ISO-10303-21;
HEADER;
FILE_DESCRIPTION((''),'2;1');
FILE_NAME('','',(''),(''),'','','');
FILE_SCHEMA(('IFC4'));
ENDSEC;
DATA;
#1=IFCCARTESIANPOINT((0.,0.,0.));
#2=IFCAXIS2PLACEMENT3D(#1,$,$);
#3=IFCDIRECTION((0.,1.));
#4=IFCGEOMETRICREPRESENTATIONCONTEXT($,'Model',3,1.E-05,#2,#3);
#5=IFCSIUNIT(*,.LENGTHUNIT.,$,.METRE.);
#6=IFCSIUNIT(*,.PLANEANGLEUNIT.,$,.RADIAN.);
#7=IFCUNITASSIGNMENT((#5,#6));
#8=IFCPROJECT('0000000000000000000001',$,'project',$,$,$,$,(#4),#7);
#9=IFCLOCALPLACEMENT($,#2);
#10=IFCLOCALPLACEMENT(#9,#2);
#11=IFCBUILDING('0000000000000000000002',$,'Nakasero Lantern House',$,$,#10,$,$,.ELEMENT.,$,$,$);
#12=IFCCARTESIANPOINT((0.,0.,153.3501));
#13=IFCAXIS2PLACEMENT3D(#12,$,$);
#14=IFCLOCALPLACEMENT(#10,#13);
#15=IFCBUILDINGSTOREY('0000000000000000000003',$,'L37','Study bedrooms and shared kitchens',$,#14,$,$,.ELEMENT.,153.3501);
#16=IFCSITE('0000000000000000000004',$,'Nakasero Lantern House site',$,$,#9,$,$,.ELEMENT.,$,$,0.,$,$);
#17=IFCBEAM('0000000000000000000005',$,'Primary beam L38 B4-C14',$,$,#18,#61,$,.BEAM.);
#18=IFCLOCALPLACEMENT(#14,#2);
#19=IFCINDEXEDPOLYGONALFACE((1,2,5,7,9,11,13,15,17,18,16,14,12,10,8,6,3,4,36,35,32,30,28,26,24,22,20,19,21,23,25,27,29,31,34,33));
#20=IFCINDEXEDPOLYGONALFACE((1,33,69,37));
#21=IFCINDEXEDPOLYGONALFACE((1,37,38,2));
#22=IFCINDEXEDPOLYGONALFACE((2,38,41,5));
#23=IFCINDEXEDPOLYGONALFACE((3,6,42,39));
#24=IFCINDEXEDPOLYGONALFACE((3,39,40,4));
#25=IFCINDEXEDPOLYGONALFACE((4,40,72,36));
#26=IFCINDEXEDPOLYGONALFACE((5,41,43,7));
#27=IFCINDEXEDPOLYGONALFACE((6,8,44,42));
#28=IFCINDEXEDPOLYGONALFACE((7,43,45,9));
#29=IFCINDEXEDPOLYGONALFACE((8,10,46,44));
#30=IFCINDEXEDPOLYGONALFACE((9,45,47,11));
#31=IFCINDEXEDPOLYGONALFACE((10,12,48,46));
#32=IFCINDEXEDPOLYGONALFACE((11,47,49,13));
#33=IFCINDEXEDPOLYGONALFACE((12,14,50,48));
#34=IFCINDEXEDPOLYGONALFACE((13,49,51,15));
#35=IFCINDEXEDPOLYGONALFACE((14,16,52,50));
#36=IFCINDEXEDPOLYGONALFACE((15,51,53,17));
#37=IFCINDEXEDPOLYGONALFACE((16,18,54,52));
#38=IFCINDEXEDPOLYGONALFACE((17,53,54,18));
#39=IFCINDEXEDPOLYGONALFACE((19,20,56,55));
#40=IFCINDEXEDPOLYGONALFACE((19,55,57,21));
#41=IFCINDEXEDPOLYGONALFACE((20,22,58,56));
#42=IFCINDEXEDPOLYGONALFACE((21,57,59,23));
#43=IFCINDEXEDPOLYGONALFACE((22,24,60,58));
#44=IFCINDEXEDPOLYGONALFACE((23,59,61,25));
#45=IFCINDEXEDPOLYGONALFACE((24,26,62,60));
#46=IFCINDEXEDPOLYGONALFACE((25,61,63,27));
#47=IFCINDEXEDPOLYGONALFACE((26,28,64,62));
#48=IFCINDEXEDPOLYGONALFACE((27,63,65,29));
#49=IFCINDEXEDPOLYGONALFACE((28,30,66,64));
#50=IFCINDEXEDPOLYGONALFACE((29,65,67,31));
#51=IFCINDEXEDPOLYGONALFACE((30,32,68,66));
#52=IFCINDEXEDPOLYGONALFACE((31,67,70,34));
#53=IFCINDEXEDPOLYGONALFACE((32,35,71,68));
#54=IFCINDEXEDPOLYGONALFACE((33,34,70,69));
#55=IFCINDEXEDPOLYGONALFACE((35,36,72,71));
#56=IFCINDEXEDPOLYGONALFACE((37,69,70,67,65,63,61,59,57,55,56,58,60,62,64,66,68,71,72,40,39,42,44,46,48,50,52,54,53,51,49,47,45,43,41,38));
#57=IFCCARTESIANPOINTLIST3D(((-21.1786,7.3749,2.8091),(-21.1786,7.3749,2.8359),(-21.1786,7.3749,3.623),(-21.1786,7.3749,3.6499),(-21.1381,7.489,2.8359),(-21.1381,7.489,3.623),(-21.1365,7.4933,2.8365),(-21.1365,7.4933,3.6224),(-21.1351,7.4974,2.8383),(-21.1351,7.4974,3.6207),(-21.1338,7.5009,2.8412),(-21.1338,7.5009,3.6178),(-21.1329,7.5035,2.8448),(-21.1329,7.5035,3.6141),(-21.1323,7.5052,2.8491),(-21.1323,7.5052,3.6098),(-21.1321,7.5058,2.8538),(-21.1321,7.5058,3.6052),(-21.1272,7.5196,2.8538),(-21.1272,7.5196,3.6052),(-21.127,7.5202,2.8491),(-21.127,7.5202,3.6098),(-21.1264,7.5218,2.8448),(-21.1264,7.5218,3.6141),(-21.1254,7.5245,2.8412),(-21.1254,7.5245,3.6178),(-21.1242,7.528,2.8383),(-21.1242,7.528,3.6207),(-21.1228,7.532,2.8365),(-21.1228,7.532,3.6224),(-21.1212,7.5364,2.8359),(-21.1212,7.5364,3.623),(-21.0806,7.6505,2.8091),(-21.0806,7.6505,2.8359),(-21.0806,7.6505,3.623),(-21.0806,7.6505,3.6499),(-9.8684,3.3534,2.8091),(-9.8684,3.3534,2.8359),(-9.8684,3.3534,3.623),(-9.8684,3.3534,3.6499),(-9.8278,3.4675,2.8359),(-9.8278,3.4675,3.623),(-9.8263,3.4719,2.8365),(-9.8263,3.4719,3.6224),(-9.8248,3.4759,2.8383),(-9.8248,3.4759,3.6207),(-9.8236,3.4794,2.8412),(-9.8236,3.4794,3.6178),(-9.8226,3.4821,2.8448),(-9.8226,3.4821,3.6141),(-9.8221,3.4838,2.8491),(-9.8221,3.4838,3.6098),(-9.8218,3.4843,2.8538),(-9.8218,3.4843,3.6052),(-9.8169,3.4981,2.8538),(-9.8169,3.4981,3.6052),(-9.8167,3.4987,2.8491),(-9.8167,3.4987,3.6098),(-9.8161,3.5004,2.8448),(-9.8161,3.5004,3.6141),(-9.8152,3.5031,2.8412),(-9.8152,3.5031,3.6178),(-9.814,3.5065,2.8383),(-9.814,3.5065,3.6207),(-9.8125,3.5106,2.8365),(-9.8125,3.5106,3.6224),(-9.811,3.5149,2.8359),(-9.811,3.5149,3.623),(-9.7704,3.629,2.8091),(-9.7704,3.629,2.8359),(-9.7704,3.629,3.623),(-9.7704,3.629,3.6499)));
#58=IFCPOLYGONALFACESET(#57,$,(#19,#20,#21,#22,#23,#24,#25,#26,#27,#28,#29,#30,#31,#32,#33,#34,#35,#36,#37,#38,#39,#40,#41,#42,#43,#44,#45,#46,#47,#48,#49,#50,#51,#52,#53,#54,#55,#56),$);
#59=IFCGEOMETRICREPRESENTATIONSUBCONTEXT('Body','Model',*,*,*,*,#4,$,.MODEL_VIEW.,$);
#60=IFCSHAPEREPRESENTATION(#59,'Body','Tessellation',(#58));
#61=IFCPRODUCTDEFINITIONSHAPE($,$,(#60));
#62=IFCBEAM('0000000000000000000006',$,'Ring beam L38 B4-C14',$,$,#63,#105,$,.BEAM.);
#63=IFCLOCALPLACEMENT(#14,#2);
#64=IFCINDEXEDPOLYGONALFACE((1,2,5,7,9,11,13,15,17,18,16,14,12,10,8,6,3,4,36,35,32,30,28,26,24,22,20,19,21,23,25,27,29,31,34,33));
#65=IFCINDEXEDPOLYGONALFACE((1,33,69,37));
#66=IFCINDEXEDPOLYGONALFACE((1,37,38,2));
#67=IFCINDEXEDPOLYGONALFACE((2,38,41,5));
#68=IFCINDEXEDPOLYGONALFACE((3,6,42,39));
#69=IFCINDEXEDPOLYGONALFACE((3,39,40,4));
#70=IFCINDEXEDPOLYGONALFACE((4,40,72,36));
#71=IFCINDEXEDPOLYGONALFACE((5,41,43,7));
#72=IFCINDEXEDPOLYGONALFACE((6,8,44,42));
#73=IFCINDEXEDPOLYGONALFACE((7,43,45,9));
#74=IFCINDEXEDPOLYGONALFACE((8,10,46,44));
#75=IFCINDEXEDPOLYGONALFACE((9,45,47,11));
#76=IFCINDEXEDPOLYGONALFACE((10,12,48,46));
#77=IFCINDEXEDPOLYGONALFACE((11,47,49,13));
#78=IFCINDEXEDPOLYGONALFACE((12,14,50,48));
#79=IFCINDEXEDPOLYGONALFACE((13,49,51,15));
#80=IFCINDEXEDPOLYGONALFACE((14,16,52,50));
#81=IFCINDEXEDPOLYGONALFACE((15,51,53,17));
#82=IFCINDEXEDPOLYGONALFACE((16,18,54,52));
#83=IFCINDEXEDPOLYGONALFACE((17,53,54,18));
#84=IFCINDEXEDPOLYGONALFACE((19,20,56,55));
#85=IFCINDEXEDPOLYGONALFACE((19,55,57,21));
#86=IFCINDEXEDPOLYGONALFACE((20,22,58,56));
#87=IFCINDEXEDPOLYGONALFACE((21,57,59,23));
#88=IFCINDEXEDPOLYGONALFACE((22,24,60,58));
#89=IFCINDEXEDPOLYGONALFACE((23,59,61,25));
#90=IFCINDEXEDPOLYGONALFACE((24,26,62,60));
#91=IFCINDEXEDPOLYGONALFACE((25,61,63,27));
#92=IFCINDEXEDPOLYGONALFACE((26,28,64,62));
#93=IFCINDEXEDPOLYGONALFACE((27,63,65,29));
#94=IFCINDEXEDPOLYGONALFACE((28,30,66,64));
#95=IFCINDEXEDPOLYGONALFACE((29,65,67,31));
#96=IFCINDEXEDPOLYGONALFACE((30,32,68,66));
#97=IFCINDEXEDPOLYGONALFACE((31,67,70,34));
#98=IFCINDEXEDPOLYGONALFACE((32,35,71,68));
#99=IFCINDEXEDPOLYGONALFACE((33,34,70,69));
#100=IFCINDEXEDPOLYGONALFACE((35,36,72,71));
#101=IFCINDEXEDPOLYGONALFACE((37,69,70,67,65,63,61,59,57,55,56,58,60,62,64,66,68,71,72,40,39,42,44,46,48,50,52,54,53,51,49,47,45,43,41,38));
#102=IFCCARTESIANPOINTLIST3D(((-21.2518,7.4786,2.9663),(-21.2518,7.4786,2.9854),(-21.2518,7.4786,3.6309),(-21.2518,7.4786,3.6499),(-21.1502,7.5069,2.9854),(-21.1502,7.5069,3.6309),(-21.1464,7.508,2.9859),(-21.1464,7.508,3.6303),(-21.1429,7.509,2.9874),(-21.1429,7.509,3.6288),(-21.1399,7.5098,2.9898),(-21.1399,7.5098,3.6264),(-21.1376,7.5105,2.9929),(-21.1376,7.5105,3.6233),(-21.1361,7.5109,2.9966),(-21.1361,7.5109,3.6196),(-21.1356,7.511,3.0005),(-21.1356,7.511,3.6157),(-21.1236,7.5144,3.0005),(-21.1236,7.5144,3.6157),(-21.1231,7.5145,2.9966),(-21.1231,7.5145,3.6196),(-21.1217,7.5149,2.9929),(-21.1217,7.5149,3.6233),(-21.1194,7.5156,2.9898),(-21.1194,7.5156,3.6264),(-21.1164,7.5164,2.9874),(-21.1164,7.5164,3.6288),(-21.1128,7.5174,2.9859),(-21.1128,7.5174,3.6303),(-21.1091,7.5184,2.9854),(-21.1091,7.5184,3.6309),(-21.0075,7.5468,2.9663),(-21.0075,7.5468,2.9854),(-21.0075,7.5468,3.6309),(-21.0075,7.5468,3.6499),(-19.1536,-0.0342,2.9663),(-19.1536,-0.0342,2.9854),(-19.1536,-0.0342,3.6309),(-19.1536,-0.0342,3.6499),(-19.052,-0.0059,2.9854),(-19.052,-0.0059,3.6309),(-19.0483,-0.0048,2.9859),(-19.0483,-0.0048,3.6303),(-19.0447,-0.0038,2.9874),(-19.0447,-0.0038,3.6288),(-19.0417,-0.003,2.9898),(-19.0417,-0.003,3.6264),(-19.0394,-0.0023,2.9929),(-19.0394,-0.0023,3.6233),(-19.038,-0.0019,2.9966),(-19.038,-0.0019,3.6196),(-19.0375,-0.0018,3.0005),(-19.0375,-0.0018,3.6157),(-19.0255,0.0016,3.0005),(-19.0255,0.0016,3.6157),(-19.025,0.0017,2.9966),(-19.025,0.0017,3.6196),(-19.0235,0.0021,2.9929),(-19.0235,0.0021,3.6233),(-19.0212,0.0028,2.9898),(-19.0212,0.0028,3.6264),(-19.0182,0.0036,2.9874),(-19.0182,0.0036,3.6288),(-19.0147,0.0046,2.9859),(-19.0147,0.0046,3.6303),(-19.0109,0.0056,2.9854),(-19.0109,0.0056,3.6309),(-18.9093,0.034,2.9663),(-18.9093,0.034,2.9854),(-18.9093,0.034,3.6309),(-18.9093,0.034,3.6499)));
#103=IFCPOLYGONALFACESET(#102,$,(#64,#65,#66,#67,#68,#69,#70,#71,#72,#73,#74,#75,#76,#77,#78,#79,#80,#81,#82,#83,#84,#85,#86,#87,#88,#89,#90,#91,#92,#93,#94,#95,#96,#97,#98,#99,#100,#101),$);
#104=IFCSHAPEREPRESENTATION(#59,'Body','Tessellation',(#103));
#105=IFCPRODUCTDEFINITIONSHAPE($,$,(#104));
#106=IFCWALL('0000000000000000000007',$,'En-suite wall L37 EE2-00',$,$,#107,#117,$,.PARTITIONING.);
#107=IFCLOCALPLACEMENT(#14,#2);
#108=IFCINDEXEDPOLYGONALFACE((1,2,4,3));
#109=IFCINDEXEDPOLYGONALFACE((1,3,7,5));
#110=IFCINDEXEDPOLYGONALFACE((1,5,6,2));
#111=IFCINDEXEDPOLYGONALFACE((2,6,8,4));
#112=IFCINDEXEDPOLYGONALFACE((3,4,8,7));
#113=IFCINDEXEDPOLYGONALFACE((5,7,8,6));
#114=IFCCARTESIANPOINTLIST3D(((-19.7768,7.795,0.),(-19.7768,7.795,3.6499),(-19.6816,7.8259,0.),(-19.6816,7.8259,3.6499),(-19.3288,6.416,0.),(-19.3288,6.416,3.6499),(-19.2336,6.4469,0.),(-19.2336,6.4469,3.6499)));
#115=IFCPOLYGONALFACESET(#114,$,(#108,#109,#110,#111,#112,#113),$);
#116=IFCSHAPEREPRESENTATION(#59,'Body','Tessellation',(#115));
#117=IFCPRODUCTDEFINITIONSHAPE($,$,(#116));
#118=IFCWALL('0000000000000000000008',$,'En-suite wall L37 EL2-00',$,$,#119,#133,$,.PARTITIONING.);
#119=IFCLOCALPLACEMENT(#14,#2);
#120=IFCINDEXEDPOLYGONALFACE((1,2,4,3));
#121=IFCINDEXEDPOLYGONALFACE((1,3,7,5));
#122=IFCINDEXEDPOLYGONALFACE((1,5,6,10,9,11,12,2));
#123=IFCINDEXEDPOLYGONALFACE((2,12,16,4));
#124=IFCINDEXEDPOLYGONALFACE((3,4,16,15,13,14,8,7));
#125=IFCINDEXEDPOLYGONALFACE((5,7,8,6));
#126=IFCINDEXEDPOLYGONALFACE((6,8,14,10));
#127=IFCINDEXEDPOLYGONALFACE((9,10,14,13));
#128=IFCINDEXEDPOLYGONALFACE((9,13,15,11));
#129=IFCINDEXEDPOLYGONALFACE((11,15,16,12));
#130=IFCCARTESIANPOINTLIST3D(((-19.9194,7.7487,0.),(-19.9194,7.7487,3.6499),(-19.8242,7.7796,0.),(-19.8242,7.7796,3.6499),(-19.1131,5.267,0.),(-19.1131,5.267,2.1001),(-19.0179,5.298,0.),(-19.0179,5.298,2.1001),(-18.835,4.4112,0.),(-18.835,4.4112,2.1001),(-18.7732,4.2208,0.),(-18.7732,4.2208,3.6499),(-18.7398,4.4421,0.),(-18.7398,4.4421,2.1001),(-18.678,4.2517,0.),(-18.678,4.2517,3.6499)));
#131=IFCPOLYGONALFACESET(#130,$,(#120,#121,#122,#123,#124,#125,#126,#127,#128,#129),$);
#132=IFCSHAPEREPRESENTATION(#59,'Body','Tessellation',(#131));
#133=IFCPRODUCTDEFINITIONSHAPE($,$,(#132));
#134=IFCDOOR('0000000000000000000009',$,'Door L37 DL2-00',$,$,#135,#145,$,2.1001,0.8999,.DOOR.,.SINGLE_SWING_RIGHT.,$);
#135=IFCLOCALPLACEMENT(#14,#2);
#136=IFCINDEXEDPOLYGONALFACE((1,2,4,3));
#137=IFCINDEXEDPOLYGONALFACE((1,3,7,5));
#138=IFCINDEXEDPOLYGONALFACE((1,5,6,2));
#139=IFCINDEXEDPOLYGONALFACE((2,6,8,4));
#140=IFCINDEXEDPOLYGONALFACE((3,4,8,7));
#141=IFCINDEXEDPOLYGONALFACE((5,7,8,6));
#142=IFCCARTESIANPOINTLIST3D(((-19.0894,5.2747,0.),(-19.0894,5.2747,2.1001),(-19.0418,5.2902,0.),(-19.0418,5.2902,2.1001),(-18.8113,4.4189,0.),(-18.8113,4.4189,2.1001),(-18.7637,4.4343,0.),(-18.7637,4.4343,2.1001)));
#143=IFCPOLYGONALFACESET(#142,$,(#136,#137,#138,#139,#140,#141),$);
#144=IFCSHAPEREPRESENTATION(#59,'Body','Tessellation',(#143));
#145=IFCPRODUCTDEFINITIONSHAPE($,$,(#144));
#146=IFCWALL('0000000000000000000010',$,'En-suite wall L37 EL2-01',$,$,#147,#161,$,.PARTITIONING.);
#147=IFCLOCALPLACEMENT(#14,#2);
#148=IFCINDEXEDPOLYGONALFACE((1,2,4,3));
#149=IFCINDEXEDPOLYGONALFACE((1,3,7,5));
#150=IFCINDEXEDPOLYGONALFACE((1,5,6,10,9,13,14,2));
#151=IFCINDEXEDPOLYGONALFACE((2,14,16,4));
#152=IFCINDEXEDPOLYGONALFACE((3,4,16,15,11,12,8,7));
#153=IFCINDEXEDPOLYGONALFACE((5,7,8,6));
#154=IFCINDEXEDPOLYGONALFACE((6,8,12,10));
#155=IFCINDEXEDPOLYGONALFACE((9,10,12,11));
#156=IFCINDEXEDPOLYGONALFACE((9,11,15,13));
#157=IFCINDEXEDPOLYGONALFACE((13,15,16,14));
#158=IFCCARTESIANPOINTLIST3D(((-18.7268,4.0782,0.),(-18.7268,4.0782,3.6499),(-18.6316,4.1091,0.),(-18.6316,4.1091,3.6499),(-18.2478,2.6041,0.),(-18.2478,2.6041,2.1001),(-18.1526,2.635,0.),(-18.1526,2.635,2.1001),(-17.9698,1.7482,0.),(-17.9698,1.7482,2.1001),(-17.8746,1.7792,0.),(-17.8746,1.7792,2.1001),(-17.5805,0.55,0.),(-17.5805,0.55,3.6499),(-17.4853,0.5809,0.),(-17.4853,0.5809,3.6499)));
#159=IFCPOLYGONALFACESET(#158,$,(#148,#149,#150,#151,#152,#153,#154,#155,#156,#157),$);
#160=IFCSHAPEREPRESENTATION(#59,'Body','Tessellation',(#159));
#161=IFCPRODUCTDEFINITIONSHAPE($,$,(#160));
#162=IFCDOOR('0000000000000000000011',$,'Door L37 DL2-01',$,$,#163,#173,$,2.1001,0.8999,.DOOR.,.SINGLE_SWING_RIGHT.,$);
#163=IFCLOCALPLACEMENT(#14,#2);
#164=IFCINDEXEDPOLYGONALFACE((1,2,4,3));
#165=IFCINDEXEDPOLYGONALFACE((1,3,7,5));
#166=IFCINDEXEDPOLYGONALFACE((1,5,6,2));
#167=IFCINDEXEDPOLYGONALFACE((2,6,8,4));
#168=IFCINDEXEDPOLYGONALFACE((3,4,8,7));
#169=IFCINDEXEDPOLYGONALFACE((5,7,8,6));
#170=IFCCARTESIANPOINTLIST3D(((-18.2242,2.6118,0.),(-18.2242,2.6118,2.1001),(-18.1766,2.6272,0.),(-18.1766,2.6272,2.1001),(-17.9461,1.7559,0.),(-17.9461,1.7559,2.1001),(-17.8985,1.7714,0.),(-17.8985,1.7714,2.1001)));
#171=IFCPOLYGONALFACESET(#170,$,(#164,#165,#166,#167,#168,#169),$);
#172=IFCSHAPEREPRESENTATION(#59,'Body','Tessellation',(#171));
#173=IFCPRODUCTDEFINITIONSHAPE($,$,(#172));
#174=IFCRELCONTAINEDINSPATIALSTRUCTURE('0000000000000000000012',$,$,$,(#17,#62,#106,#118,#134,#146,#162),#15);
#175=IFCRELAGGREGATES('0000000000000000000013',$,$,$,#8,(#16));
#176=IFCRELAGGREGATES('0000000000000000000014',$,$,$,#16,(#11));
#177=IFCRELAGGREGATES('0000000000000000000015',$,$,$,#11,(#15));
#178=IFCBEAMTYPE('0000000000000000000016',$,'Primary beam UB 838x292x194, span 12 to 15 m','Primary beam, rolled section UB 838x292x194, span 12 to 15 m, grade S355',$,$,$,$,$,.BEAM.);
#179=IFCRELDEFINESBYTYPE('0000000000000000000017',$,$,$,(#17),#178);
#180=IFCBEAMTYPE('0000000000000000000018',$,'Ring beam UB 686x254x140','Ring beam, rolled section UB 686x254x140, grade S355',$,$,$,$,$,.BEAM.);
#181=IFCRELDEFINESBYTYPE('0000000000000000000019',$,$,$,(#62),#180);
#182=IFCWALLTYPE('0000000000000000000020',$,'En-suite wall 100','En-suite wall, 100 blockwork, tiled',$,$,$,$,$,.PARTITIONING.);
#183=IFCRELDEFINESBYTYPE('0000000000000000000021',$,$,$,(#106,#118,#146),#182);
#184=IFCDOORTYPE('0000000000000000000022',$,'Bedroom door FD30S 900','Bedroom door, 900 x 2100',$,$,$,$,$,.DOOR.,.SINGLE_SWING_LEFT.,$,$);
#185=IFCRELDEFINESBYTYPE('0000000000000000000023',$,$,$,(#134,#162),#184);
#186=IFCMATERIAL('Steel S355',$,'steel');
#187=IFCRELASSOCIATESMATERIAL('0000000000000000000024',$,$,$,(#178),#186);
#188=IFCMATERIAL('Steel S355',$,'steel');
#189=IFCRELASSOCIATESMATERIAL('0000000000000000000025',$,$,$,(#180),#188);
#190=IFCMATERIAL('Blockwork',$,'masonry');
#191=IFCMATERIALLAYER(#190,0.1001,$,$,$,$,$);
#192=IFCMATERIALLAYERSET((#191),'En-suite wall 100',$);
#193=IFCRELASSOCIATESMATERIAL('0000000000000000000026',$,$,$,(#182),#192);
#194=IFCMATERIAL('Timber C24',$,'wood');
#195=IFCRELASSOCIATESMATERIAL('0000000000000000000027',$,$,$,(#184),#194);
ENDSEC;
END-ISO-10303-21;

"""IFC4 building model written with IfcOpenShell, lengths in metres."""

from ifc_helpers import new_model, si_unit, direction, frame, frame_2d, origin, origin_2d, place, context, subcontext, project, spatial, rectangle, i_section, extrude, material, layer, layer_set, material_profile, profile_set, type_object, element, fill, save


model = new_model("IFC4")

# Units and contexts
model_context = context("Model", 3, precision=1e-05, world=origin(), true_north=direction((0.0, 1.0)))
body_context = subcontext(model_context, "Body", "Model", "MODEL_VIEW")
ifc_project = project(units=[si_unit("LENGTHUNIT", "METRE"), si_unit("PLANEANGLEUNIT", "RADIAN")], contexts=[model_context])

# Site, building, storey
site_placement = place(None, origin())
site = spatial("IfcSite", under=ifc_project, at=site_placement, Name="Nakasero Lantern House site", CompositionType="ELEMENT", RefElevation=0.0)
building_placement = place(site_placement, origin())
building = spatial("IfcBuilding", under=site, at=building_placement, Name="Nakasero Lantern House", CompositionType="ELEMENT")
storey_placement = place(building_placement, frame((0.0, 0.0, 153.3501)))
storey = spatial("IfcBuildingStorey", under=building, at=storey_placement, Name="L37", Description="Study bedrooms and shared kitchens", CompositionType="ELEMENT", Elevation=153.3501)

# Beams
ifc_material_1 = material(Name="Steel S355", Category="steel")
ifc_material_profile_1 = material_profile(ifc_material_1, i_section(OverallWidth=0.2925, OverallDepth=0.8408, WebThickness=0.0146, FlangeThickness=0.0269, FilletRadius=0.0178, at=origin_2d()), Name="UB 838x292x194")
ifc_profile_set_1 = profile_set([ifc_material_profile_1], Name="Steel S355")
beam_type_1 = type_object("IfcBeamType", Name="Primary beam UB 838x292x194, span 12 to 15 m", Description="Primary beam, rolled section UB 838x292x194, span 12 to 15 m, grade S355", PredefinedType="BEAM", material=ifc_profile_set_1)
beam_1_placement = place(storey_placement, frame((-21.1296, 7.5127, 3.2295), z_axis=(0.942214, -0.335013, 0.0), x_axis=(0.335013, 0.942214, 0.0)))
element("IfcBeam", 1, at=beam_1_placement, inside=storey, type_object=beam_type_1, Name="Primary beam L38 B4-C14", PredefinedType="BEAM", context=body_context, shape_type="SweptSolid", body=[
    extrude(i_section(OverallWidth=0.2925, OverallDepth=0.8408, WebThickness=0.0146, FlangeThickness=0.0269, FilletRadius=0.0178, at=origin_2d()), origin(), (0.0, 0.0, 1.0), 12.0039),
])
ifc_material_2 = material(Name="Steel S355", Category="steel")
ifc_material_profile_2 = material_profile(ifc_material_2, i_section(OverallWidth=0.2537, OverallDepth=0.6836, WebThickness=0.0125, FlangeThickness=0.019, FilletRadius=0.0151, at=origin_2d()), Name="UB 686x254x140")
ifc_profile_set_2 = profile_set([ifc_material_profile_2], Name="Steel S355")
beam_type_2 = type_object("IfcBeamType", Name="Ring beam UB 686x254x140", Description="Ring beam, rolled section UB 686x254x140, grade S355", PredefinedType="BEAM", material=ifc_profile_set_2)
beam_2_placement = place(storey_placement, frame((-21.1296, 7.5127, 3.3081), z_axis=(0.268987, -0.963144, 0.0), x_axis=(0.963144, 0.268987, 0.0)))
element("IfcBeam", 2, at=beam_2_placement, inside=storey, type_object=beam_type_2, Name="Ring beam L38 B4-C14", PredefinedType="BEAM", context=body_context, shape_type="SweptSolid", body=[
    extrude(i_section(OverallWidth=0.2537, OverallDepth=0.6836, WebThickness=0.0125, FlangeThickness=0.019, FilletRadius=0.0151, at=origin_2d()), origin(), (0.0, 0.0, 1.0), 7.8003),
])

# Wall
ifc_material_3 = material(Name="Blockwork", Category="masonry")
ifc_layer_1 = layer(ifc_material_3, 0.1001)
ifc_layer_set_1 = layer_set([ifc_layer_1], Name="En-suite wall 100")
wall_type_1 = type_object("IfcWallType", Name="En-suite wall 100", Description="En-suite wall, 100 blockwork, tiled", PredefinedType="PARTITIONING", material=ifc_layer_set_1)
wall_1_placement = place(storey_placement, frame((-19.7292, 7.8105, 0.0), z_axis=(0.0, 0.0, 1.0), x_axis=(0.308995, -0.951064, 0.0)))
element("IfcWall", 3, at=wall_1_placement, inside=storey, type_object=wall_type_1, Name="En-suite wall L37 EE2-00", PredefinedType="PARTITIONING", context=body_context, shape_type="SweptSolid", body=[
    extrude(rectangle(XDim=1.45, YDim=0.1001, at=frame_2d((0.7251, 0.0))), origin(), (0.0, 0.0, 1.0), 3.6499),
])

# Walls, openings, doors
wall_2_placement = place(storey_placement, frame((-19.8718, 7.7642, 0.0), z_axis=(0.0, 0.0, 1.0), x_axis=(0.309012, -0.951058, 0.0)))
wall_2 = element("IfcWall", 4, at=wall_2_placement, inside=storey, type_object=wall_type_1, Name="En-suite wall L37 EL2-00", PredefinedType="PARTITIONING", context=body_context, shape_type="SweptSolid", body=[
    extrude(rectangle(XDim=3.7095, YDim=0.1001, at=frame_2d((1.8547, 0.0))), origin(), (0.0, 0.0, 1.0), 3.6499),
])
opening_1_placement = place(wall_2_placement, frame((2.6094, 0.0, 0.0)))
opening_1 = element("IfcOpeningElement", 5, at=opening_1_placement, cuts=wall_2, PredefinedType="OPENING", context=body_context, shape_type="SweptSolid", body=[
    extrude(rectangle(XDim=0.8999, YDim=2.1001, at=frame_2d((0.45, 1.05))), frame((0.0, 0.0701, 0.0), z_axis=(0.0, -1.0, 0.0), x_axis=(1.0, 0.0, 0.0)), (0.0, 0.0, 1.0), 0.1401),
])
ifc_material_4 = material(Name="Timber C24", Category="wood")
door_type_1 = type_object("IfcDoorType", Name="Bedroom door FD30S 900", Description="Bedroom door, 900 x 2100", OperationType="SINGLE_SWING_LEFT", PredefinedType="DOOR", material=ifc_material_4)
door_1_placement = place(opening_1_placement, origin())
door_1 = element("IfcDoor", 6, at=door_1_placement, inside=storey, type_object=door_type_1, Name="Door L37 DL2-00", OperationType="SINGLE_SWING_RIGHT", OverallHeight=2.1001, OverallWidth=0.8999, PredefinedType="DOOR", context=body_context, shape_type="SweptSolid", body=[
    extrude(rectangle(XDim=0.8999, YDim=2.1001, at=frame_2d((0.45, 1.05))), frame((0.0, 0.0249, 0.0), z_axis=(0.0, -1.0, 0.0), x_axis=(1.0, 0.0, 0.0)), (0.0, 0.0, 1.0), 0.05),
])
fill(opening_1, door_1)
wall_3_placement = place(storey_placement, frame((-18.6792, 4.0938, 0.0), z_axis=(0.0, 0.0, 1.0), x_axis=(0.308992, -0.951065, 0.0)))
wall_3 = element("IfcWall", 7, at=wall_3_placement, inside=storey, type_object=wall_type_1, Name="En-suite wall L37 EL2-01", PredefinedType="PARTITIONING", context=body_context, shape_type="SweptSolid", body=[
    extrude(rectangle(XDim=3.7097, YDim=0.1001, at=frame_2d((1.855, 0.0))), origin(), (0.0, 0.0, 1.0), 3.6499),
])
opening_2_placement = place(wall_3_placement, frame((1.55, 0.0, 0.0)))
opening_2 = element("IfcOpeningElement", 8, at=opening_2_placement, cuts=wall_3, PredefinedType="OPENING", context=body_context, shape_type="SweptSolid", body=[
    extrude(rectangle(XDim=0.8999, YDim=2.1001, at=frame_2d((0.45, 1.05))), frame((0.0, 0.0701, 0.0), z_axis=(0.0, -1.0, 0.0), x_axis=(1.0, 0.0, 0.0)), (0.0, 0.0, 1.0), 0.1401),
])
door_2_placement = place(opening_2_placement, origin())
door_2 = element("IfcDoor", 9, at=door_2_placement, inside=storey, type_object=door_type_1, Name="Door L37 DL2-01", OperationType="SINGLE_SWING_RIGHT", OverallHeight=2.1001, OverallWidth=0.8999, PredefinedType="DOOR", context=body_context, shape_type="SweptSolid", body=[
    extrude(rectangle(XDim=0.8999, YDim=2.1001, at=frame_2d((0.45, 1.05))), frame((0.0, 0.0249, 0.0), z_axis=(0.0, -1.0, 0.0), x_axis=(1.0, 0.0, 0.0)), (0.0, 0.0, 1.0), 0.05),
])
fill(opening_2, door_2)

save(model, "model.ifc")
